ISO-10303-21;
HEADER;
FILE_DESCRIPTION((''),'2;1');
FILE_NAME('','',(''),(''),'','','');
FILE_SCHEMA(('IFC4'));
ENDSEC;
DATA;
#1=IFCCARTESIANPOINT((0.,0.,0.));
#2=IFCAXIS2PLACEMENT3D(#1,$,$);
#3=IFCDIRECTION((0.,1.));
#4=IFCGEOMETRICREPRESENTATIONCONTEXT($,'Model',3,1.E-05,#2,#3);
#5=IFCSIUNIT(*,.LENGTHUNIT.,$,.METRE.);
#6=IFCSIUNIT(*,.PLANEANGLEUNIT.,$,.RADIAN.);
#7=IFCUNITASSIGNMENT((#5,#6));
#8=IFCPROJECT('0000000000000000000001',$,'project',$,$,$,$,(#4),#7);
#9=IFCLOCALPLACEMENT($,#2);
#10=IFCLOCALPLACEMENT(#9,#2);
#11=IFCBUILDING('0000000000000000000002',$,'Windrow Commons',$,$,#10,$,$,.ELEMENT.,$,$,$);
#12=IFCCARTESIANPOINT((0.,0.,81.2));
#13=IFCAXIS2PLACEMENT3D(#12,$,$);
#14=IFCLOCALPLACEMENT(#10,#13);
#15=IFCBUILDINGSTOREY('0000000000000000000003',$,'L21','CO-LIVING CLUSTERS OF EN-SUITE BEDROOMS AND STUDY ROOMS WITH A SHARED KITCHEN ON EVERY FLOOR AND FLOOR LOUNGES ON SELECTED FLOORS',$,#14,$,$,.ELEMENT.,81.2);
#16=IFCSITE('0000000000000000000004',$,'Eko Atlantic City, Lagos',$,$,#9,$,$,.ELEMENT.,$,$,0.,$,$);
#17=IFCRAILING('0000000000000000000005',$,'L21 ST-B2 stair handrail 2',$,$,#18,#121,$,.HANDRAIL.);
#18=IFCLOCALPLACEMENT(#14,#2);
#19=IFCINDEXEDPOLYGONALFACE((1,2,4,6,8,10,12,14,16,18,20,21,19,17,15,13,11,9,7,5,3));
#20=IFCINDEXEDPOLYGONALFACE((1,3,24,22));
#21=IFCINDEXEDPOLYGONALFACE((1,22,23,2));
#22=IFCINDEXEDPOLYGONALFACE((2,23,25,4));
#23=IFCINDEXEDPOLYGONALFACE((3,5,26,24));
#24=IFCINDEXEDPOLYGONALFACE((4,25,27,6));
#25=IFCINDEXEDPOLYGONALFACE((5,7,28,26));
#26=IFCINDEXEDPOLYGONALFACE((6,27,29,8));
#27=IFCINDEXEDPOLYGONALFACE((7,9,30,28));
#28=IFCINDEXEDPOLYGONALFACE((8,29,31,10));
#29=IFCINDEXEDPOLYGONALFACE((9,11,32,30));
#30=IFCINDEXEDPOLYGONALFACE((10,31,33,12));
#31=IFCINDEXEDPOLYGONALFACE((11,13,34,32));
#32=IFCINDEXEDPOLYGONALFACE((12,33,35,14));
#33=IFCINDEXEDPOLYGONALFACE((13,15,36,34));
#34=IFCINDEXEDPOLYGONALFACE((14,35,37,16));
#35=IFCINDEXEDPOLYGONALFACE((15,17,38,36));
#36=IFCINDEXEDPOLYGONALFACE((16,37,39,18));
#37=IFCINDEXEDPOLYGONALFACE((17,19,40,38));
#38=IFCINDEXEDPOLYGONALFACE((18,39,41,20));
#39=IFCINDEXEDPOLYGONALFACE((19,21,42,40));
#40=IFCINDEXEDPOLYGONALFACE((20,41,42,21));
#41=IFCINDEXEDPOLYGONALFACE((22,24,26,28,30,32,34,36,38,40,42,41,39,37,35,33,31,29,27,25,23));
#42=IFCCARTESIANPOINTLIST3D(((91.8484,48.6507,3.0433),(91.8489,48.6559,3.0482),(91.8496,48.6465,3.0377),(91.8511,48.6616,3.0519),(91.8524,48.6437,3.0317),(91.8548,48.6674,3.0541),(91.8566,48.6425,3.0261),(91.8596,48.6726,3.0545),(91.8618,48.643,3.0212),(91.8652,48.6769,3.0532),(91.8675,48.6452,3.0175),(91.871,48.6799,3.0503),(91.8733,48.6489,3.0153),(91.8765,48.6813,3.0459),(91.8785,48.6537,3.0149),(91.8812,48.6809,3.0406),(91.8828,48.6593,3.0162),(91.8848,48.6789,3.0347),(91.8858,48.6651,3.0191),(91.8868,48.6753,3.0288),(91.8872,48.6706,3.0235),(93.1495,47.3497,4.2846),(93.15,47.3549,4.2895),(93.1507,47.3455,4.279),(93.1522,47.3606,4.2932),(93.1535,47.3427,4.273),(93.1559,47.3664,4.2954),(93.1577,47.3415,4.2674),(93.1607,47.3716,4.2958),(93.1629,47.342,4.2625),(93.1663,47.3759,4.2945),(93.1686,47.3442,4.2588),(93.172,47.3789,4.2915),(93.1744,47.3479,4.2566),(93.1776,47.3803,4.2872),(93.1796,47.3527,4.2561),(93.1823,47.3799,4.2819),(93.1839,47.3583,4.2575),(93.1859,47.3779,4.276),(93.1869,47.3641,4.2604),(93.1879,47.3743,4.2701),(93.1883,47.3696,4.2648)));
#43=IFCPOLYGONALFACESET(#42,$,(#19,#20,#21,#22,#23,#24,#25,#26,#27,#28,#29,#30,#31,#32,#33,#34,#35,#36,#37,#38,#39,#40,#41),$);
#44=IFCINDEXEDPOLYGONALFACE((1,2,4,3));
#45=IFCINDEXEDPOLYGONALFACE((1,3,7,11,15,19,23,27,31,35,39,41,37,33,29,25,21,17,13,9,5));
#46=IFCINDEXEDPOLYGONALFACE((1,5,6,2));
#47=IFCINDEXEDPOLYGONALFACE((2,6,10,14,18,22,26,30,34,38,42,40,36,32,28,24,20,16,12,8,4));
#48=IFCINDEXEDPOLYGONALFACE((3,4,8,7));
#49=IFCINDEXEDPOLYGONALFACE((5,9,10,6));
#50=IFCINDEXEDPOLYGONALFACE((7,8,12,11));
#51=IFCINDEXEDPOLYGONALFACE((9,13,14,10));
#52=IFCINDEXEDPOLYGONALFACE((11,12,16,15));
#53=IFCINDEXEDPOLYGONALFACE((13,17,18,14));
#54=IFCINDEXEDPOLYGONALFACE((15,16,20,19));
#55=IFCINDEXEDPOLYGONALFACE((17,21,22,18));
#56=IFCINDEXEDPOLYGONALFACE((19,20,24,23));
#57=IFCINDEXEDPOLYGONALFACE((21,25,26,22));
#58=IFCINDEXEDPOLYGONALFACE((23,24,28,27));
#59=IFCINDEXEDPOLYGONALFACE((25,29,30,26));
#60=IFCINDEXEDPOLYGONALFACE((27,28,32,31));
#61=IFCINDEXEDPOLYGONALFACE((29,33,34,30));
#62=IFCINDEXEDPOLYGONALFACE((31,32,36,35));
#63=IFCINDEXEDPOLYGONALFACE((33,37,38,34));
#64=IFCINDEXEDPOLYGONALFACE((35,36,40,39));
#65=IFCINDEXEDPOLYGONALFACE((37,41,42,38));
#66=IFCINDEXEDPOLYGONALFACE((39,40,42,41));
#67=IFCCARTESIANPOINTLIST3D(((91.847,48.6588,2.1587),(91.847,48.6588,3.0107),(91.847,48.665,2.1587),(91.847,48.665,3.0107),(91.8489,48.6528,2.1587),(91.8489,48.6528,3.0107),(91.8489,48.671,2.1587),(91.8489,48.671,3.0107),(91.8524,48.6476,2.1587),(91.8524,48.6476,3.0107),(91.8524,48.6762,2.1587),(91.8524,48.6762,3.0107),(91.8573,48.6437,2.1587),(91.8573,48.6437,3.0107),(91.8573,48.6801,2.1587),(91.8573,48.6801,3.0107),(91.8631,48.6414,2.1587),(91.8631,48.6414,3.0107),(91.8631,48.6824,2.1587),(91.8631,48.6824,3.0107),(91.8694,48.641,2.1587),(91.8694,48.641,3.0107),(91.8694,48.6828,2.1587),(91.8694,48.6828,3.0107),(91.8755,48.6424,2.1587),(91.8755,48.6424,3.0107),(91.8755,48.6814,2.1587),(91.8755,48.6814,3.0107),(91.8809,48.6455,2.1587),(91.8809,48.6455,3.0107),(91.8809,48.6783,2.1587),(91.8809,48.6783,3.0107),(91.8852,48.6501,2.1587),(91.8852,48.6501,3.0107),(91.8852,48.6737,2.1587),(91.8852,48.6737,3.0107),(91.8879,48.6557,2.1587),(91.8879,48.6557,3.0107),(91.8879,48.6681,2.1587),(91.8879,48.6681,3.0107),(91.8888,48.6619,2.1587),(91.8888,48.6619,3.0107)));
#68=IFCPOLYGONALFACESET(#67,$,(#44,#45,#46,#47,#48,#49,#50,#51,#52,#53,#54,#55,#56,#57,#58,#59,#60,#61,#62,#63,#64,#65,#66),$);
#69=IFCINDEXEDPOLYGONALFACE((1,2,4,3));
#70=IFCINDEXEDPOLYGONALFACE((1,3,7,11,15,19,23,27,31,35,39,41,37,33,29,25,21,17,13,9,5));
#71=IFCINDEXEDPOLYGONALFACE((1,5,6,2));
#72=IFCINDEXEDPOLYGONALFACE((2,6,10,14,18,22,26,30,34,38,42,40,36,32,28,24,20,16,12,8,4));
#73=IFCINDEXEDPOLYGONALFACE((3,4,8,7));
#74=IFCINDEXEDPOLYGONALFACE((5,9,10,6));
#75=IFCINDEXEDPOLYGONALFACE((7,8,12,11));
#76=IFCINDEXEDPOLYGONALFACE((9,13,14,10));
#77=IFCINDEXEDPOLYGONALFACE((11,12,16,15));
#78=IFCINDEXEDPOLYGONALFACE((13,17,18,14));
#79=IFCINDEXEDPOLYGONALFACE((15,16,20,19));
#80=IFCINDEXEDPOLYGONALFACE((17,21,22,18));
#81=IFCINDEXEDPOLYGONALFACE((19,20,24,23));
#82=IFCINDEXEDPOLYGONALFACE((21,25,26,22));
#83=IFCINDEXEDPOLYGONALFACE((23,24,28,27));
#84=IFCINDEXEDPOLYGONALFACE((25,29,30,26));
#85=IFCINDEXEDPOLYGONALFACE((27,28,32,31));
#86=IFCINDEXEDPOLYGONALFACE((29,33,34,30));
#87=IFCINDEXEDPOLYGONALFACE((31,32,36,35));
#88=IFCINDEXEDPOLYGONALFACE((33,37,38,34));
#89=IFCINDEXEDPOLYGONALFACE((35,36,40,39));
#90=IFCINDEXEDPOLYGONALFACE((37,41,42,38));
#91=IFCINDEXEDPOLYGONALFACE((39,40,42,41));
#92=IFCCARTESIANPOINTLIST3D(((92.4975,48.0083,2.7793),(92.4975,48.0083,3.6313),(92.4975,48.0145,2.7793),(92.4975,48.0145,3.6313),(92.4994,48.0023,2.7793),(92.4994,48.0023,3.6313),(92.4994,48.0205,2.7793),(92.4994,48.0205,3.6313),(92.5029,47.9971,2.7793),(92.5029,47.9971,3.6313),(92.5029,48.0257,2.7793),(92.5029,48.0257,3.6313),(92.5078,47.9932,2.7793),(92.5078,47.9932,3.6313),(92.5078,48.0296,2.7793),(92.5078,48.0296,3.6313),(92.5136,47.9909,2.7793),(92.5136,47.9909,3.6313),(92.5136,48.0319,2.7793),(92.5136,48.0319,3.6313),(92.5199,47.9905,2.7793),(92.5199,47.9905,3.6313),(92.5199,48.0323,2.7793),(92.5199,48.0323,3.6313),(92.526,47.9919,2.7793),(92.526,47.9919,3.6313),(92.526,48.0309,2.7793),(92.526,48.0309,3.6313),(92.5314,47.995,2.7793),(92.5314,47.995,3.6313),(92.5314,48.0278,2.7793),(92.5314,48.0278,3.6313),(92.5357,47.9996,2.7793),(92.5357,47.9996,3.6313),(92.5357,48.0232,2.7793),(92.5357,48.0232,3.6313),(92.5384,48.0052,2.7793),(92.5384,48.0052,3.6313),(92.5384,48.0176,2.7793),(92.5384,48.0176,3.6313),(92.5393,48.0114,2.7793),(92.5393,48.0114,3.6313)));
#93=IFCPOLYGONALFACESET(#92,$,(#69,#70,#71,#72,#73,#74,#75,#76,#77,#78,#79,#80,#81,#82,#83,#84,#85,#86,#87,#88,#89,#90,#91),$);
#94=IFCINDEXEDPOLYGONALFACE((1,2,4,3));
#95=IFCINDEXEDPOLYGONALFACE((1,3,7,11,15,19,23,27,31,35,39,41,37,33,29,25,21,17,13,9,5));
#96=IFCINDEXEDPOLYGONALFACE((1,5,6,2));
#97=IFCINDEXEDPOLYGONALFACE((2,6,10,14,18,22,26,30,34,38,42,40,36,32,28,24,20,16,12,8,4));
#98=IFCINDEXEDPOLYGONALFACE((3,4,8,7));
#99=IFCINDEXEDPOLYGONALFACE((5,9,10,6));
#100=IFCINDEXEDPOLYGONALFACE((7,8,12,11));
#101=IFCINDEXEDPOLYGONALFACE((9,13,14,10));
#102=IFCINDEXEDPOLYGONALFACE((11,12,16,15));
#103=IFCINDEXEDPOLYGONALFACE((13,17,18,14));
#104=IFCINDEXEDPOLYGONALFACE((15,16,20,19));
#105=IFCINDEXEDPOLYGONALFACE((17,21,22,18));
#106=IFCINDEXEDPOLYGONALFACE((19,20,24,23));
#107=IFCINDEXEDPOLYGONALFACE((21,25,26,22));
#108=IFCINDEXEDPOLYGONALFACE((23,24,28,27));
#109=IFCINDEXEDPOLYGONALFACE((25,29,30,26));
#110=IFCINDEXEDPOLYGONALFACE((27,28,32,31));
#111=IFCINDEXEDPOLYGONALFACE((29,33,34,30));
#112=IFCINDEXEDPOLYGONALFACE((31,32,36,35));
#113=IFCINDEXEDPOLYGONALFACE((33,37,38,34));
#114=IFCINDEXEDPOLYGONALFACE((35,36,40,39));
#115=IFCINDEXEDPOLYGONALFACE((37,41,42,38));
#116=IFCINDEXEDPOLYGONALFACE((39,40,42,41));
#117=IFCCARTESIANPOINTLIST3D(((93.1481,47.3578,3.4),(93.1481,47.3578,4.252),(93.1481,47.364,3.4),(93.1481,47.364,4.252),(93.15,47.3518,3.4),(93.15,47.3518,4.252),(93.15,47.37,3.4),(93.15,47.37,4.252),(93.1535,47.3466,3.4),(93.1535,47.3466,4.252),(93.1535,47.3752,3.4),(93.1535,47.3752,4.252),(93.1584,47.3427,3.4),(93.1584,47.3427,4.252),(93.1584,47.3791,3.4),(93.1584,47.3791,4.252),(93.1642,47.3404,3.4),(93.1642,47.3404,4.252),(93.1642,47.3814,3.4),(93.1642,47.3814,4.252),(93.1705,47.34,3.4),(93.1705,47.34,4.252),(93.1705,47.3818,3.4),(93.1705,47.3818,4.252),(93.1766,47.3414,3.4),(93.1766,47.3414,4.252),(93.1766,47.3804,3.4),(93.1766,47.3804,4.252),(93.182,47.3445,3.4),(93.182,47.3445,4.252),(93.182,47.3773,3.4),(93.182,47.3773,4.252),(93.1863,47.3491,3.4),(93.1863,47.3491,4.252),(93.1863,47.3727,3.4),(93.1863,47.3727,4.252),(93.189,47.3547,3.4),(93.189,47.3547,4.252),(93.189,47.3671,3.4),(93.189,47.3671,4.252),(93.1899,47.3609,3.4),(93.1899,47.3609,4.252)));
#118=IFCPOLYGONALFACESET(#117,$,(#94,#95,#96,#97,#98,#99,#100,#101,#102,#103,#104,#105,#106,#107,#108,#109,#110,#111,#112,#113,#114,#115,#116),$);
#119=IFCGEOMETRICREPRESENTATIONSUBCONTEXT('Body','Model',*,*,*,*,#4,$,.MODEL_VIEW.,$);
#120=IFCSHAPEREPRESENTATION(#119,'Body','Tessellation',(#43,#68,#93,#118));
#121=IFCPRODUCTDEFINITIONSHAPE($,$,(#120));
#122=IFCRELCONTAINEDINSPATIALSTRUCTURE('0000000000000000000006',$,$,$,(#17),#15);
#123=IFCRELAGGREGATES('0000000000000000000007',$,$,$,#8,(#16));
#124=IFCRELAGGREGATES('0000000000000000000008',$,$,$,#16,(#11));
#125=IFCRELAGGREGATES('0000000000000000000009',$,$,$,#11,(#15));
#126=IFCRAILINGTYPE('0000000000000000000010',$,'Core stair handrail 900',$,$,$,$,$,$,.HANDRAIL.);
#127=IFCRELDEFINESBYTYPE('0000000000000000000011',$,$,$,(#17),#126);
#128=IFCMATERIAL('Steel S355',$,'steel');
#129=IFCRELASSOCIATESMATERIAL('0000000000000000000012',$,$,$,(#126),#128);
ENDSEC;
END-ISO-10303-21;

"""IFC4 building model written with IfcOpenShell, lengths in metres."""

from ifc_helpers import new_model, si_unit, direction, frame, origin, origin_2d, place, context, subcontext, project, spatial, circle, extrude, material, type_object, element, save


model = new_model("IFC4")

# Units and contexts
model_context = context("Model", 3, precision=1e-05, world=origin(), true_north=direction((0.0, 1.0)))
body_context = subcontext(model_context, "Body", "Model", "MODEL_VIEW")
ifc_project = project(units=[si_unit("LENGTHUNIT", "METRE"), si_unit("PLANEANGLEUNIT", "RADIAN")], contexts=[model_context])

# Site, building, storey
site_placement = place(None, origin())
site = spatial("IfcSite", under=ifc_project, at=site_placement, Name="Eko Atlantic City, Lagos", CompositionType="ELEMENT", RefElevation=0.0)
building_placement = place(site_placement, origin())
building = spatial("IfcBuilding", under=site, at=building_placement, Name="Windrow Commons", CompositionType="ELEMENT")
storey_placement = place(building_placement, frame((0.0, 0.0, 81.2)))
storey = spatial("IfcBuildingStorey", under=building, at=storey_placement, Name="L21", Description="CO-LIVING CLUSTERS OF EN-SUITE BEDROOMS AND STUDY ROOMS WITH A SHARED KITCHEN ON EVERY FLOOR AND FLOOR LOUNGES ON SELECTED FLOORS", CompositionType="ELEMENT", Elevation=81.2)

# Railing
ifc_material_1 = material(Name="Steel S355", Category="steel")
railing_type_1 = type_object("IfcRailingType", Name="Core stair handrail 900", PredefinedType="HANDRAIL", material=ifc_material_1)
railing_1_placement = place(storey_placement, frame((91.8678, 48.6619, 2.1587)))
element("IfcRailing", 1, at=railing_1_placement, inside=storey, type_object=railing_type_1, Name="L21 ST-B2 stair handrail 2", PredefinedType="HANDRAIL", context=body_context, shape_type="SweptSolid", body=[
    extrude(circle(Radius=0.024, at=origin_2d()), frame((0.0, 0.0, 0.876), z_axis=(0.586207, -0.586162, 0.559264), x_axis=(0.70708, 0.707134, 0.0)), (0.0, 0.0, 1.0), 2.2195),
    extrude(circle(Radius=0.021, at=origin_2d()), origin(), (0.0, 0.0, 1.0), 0.852),
    extrude(circle(Radius=0.021, at=origin_2d()), frame((0.6505, -0.6505, 0.6206)), (0.0, 0.0, 1.0), 0.852),
    extrude(circle(Radius=0.021, at=origin_2d()), frame((1.3011, -1.301, 1.2413)), (0.0, 0.0, 1.0), 0.852),
])

save(model, "model.ifc")
